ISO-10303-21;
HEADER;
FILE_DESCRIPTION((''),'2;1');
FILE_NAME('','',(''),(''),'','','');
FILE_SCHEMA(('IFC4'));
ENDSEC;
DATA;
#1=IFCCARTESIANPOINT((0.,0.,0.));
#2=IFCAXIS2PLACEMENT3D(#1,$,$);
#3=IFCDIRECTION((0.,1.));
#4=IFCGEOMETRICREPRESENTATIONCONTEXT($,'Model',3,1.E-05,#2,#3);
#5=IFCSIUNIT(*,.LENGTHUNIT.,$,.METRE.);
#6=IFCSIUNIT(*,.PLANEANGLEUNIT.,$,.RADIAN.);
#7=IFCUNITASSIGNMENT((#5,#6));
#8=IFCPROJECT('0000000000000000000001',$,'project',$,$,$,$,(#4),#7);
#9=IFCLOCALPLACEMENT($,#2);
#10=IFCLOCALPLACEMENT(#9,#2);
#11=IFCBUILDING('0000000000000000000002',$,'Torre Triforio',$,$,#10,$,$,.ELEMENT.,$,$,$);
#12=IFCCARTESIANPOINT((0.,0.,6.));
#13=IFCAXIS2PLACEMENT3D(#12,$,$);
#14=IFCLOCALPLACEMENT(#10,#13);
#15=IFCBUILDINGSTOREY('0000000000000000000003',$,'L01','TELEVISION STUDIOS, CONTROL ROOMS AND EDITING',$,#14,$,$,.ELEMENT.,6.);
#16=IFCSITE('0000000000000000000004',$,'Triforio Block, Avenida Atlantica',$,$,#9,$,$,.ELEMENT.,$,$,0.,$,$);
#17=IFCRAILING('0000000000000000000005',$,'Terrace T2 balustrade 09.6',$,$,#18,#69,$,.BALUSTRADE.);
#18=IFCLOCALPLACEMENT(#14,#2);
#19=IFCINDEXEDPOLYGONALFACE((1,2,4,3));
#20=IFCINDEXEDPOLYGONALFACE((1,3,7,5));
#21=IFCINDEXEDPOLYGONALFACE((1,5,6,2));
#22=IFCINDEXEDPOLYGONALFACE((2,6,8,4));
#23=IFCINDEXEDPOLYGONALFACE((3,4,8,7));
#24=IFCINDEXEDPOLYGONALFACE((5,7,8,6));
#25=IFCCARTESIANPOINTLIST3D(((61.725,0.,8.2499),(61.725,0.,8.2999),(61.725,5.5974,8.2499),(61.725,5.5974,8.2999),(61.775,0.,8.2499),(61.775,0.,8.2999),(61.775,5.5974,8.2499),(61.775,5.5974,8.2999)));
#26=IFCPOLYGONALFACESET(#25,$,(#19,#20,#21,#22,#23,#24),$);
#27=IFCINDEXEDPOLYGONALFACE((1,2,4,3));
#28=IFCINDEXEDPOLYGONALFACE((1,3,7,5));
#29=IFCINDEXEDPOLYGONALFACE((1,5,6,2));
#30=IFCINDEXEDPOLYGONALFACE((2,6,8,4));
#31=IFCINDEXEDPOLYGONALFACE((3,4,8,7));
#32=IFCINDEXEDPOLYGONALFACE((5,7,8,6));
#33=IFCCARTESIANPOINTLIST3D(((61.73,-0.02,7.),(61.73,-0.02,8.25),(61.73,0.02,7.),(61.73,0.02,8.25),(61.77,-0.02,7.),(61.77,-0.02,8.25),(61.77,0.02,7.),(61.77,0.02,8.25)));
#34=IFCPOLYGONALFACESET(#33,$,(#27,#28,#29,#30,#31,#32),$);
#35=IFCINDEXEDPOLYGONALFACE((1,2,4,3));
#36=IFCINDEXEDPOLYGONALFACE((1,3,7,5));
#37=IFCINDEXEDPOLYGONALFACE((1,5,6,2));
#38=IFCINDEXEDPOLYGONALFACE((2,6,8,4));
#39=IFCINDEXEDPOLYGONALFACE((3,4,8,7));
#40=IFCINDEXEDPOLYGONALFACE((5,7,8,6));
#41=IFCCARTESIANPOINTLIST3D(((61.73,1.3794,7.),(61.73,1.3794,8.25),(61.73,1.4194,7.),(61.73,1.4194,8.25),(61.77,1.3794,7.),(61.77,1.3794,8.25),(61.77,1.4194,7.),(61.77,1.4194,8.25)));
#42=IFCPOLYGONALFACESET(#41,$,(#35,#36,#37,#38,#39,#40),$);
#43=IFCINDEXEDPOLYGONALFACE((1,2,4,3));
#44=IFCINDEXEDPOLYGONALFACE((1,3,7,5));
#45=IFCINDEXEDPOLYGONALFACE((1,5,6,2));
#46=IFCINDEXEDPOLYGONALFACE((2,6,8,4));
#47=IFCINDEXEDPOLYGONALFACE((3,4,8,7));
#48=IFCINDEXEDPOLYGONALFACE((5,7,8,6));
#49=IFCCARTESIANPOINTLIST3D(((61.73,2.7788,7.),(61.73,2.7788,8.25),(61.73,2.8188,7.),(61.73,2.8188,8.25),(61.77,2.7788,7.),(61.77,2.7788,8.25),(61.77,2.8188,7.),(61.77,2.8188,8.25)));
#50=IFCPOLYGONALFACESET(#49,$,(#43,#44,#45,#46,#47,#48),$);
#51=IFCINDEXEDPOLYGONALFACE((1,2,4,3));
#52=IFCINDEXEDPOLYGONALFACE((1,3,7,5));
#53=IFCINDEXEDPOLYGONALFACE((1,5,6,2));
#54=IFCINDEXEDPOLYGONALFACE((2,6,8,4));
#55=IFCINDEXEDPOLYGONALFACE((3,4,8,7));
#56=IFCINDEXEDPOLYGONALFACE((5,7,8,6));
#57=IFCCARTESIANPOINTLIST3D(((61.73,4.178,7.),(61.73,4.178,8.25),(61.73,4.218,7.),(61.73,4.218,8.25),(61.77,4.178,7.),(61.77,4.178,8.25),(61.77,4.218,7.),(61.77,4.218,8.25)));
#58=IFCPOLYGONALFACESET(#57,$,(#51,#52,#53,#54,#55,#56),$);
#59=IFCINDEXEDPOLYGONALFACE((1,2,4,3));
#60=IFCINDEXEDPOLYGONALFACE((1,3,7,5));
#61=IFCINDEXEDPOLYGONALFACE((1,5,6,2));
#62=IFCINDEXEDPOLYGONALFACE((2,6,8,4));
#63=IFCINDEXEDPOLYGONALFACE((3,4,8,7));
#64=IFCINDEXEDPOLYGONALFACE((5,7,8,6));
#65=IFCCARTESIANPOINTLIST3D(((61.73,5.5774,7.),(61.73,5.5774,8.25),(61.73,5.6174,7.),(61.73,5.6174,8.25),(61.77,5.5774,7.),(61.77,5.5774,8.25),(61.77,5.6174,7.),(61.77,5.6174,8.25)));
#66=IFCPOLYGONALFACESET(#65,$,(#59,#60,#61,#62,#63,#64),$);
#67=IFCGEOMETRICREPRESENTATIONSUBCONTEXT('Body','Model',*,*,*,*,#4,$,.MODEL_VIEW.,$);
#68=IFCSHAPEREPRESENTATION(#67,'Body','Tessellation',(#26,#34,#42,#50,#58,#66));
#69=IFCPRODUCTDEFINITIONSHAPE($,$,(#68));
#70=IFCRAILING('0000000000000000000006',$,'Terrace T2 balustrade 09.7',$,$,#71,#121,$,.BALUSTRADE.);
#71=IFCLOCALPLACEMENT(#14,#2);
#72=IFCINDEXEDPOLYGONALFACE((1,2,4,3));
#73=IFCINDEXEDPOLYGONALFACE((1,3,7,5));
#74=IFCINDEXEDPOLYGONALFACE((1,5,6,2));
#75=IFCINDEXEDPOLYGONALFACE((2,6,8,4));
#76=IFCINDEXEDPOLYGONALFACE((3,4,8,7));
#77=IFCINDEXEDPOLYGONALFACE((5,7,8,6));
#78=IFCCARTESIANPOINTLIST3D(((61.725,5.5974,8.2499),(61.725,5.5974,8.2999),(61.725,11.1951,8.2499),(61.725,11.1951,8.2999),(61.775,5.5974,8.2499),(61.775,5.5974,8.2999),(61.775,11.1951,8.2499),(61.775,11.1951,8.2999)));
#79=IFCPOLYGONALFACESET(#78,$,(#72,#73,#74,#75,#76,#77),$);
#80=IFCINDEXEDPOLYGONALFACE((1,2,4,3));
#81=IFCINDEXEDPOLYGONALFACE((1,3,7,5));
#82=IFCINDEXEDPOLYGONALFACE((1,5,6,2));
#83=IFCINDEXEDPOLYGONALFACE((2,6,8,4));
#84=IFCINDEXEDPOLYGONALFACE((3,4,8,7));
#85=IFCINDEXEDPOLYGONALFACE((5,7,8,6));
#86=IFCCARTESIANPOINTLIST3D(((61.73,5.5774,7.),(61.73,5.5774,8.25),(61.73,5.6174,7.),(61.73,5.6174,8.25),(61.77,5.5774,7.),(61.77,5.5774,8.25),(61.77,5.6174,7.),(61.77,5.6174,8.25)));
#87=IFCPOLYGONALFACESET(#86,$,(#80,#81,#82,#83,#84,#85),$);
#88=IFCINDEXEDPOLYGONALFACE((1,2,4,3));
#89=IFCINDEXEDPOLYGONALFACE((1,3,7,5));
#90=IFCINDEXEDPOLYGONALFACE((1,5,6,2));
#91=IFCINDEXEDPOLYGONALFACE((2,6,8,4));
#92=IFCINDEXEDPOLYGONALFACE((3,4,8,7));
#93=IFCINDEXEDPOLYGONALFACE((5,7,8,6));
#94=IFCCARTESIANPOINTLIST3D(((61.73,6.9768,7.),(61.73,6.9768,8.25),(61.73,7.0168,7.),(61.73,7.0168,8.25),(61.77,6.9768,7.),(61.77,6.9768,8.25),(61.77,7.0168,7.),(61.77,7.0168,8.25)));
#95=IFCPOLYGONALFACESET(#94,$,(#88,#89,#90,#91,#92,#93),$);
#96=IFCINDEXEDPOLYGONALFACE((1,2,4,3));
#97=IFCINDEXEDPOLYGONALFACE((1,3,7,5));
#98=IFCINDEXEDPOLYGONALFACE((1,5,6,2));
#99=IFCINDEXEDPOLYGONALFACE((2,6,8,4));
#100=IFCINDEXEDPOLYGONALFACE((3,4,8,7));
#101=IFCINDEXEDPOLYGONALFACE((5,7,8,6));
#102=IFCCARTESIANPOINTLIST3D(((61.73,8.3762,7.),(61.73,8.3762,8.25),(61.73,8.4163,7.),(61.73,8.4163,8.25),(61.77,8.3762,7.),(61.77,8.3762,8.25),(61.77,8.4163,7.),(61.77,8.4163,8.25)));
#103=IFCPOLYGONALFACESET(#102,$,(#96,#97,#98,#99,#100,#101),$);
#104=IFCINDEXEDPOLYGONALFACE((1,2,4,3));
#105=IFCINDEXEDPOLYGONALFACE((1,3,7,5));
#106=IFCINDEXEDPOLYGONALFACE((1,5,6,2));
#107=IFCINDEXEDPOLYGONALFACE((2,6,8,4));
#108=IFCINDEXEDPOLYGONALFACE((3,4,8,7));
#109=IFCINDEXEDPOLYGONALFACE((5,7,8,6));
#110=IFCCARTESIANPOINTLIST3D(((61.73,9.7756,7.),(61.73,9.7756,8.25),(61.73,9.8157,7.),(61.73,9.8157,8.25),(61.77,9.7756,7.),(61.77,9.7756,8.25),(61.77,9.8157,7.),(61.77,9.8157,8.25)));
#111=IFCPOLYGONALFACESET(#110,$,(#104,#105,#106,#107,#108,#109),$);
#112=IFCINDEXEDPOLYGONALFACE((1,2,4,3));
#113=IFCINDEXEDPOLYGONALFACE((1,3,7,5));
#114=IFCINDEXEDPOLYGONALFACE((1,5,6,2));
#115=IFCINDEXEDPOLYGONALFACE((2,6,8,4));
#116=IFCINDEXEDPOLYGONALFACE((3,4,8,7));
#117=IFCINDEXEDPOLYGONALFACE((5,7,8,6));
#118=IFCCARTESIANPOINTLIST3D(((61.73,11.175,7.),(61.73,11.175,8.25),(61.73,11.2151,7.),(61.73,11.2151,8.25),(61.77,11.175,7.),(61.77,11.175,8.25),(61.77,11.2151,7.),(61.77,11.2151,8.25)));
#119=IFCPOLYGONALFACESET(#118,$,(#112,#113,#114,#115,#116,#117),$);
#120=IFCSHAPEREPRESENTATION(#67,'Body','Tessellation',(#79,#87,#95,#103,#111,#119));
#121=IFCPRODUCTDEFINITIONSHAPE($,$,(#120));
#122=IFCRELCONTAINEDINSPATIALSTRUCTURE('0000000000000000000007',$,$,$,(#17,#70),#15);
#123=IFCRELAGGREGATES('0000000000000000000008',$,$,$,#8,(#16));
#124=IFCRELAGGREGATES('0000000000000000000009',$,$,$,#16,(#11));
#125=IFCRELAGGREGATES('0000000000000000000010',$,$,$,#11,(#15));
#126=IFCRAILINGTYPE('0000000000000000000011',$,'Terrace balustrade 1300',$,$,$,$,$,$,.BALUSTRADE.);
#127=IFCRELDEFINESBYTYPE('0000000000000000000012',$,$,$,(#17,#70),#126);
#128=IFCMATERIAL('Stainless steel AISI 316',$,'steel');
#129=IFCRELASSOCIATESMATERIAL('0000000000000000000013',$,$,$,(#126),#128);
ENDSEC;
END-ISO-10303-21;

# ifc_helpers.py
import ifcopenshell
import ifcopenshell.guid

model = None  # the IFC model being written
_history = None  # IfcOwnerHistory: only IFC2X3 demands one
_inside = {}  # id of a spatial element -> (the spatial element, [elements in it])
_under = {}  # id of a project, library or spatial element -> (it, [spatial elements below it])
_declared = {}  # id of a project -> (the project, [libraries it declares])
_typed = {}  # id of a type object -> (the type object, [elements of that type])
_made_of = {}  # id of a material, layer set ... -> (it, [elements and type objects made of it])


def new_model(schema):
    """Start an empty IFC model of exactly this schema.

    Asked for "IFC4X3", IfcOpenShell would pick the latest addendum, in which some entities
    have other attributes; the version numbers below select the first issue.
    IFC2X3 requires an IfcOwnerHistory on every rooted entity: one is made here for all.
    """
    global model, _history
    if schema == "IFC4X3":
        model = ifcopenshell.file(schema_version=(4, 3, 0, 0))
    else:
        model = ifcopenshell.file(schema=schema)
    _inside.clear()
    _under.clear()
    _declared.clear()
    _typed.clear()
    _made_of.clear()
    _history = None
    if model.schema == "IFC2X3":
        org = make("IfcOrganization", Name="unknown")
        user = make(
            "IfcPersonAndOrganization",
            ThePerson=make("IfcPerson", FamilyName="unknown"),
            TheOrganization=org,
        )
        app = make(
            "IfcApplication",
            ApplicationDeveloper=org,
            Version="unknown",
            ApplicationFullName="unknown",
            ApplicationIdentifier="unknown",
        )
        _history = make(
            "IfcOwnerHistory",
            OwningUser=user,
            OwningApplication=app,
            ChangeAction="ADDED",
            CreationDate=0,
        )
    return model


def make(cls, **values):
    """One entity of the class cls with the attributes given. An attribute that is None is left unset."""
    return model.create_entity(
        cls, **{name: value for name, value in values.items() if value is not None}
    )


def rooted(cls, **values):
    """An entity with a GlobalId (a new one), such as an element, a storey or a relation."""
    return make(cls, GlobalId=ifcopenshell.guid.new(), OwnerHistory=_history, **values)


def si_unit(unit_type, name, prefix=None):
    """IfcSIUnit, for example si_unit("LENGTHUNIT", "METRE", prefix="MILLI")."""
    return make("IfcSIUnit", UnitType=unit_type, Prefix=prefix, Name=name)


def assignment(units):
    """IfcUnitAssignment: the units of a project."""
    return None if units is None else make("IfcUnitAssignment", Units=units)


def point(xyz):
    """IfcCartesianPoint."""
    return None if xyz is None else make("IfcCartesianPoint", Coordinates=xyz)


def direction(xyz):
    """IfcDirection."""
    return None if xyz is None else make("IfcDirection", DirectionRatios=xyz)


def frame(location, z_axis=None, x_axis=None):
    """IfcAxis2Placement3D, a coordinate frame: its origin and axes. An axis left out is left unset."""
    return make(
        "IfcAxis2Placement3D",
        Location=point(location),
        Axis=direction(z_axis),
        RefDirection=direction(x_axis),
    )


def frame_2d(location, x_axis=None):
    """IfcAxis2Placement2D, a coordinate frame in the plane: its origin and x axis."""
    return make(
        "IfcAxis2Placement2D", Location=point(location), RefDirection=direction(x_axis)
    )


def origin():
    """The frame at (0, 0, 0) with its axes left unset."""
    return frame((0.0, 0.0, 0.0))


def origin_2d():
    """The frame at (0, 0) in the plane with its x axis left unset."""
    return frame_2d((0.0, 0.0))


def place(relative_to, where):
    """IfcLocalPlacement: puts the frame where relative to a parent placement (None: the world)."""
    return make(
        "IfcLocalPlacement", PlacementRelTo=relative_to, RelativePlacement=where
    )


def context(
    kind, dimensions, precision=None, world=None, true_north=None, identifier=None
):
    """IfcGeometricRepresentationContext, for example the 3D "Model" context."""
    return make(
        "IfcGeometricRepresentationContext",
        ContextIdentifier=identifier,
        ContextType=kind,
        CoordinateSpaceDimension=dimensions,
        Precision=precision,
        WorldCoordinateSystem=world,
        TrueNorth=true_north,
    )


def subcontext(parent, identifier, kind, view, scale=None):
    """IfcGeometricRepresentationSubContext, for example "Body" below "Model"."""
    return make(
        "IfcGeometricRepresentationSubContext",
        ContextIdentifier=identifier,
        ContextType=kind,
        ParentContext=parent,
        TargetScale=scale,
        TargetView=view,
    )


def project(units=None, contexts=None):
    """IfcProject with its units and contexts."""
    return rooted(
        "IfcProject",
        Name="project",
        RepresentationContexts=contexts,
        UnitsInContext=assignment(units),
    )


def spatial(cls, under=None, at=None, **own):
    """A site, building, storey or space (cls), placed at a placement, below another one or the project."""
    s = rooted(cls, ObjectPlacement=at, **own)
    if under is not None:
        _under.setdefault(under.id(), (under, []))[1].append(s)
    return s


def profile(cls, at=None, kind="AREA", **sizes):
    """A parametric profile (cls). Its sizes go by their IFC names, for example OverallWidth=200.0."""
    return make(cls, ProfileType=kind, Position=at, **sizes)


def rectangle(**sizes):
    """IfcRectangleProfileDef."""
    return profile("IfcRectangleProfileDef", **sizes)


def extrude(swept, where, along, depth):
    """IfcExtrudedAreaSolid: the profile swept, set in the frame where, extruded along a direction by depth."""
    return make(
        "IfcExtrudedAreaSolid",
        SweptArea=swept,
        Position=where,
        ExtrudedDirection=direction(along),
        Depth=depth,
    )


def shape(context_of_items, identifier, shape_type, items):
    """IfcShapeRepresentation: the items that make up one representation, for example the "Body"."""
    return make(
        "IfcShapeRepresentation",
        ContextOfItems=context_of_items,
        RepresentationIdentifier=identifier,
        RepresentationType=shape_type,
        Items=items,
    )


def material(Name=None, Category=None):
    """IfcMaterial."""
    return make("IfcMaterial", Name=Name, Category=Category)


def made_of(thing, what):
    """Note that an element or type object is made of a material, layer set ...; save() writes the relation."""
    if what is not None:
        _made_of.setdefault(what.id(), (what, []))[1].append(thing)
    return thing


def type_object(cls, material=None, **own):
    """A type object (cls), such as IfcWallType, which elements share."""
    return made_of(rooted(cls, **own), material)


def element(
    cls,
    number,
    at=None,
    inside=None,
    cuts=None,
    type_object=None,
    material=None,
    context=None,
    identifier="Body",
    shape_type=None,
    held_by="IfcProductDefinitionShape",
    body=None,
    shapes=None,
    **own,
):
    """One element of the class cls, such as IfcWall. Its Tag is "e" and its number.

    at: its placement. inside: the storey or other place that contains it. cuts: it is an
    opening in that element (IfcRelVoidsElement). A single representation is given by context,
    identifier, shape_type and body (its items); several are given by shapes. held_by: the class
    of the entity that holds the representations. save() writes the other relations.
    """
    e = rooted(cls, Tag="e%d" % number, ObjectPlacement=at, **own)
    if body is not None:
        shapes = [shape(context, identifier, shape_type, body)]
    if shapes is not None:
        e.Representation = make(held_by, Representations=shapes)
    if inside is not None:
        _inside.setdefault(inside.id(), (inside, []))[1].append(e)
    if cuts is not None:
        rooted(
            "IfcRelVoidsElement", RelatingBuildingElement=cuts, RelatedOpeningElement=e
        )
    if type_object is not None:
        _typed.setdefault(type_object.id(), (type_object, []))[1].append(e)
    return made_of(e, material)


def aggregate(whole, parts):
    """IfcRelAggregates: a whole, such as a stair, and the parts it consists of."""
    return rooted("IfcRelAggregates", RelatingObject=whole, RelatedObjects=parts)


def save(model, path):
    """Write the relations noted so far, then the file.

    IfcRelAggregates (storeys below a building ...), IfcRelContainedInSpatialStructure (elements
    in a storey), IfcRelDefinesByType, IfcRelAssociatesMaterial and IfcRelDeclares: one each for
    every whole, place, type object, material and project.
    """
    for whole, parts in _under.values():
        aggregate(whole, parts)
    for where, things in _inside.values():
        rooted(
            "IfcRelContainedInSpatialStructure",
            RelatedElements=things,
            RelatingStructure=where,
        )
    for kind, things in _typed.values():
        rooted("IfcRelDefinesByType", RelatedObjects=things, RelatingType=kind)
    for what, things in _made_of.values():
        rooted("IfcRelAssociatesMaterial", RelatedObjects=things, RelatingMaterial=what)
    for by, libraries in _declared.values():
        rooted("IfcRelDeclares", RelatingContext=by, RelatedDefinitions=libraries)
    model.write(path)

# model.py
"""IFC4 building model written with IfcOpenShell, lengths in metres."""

from ifc_helpers import new_model, si_unit, direction, frame, origin, origin_2d, place, context, subcontext, project, spatial, rectangle, extrude, material, type_object, element, save


model = new_model("IFC4")

# Units and contexts
model_context = context("Model", 3, precision=1e-05, world=origin(), true_north=direction((0.0, 1.0)))
body_context = subcontext(model_context, "Body", "Model", "MODEL_VIEW")
ifc_project = project(units=[si_unit("LENGTHUNIT", "METRE"), si_unit("PLANEANGLEUNIT", "RADIAN")], contexts=[model_context])

# Site, building, storey
site_placement = place(None, origin())
site = spatial("IfcSite", under=ifc_project, at=site_placement, Name="Triforio Block, Avenida Atlantica", CompositionType="ELEMENT", RefElevation=0.0)
building_placement = place(site_placement, origin())
building = spatial("IfcBuilding", under=site, at=building_placement, Name="Torre Triforio", CompositionType="ELEMENT")
storey_placement = place(building_placement, frame((0.0, 0.0, 6.0)))
storey = spatial("IfcBuildingStorey", under=building, at=storey_placement, Name="L01", Description="TELEVISION STUDIOS, CONTROL ROOMS AND EDITING", CompositionType="ELEMENT", Elevation=6.0)

# Railings
ifc_material_1 = material(Name="Stainless steel AISI 316", Category="steel")
railing_type = type_object("IfcRailingType", Name="Terrace balustrade 1300", PredefinedType="BALUSTRADE", material=ifc_material_1)
railing_1_placement = place(storey_placement, frame((61.75, 0.0, 7.0)))
element("IfcRailing", 1, at=railing_1_placement, inside=storey, type_object=railing_type, Name="Terrace T2 balustrade 09.6", PredefinedType="BALUSTRADE", context=body_context, shape_type="SweptSolid", body=[
    extrude(rectangle(XDim=0.05, YDim=0.05, at=origin_2d()), frame((0.0, 0.0, 1.2749), z_axis=(0.0, 1.0, 0.0), x_axis=(-1.0, 0.0, 0.0)), (0.0, 0.0, 1.0), 5.5974),
    extrude(rectangle(XDim=0.04, YDim=0.04, at=origin_2d()), origin(), (0.0, 0.0, 1.0), 1.25),
    extrude(rectangle(XDim=0.04, YDim=0.04, at=origin_2d()), frame((0.0, 1.3994, 0.0)), (0.0, 0.0, 1.0), 1.25),
    extrude(rectangle(XDim=0.04, YDim=0.04, at=origin_2d()), frame((0.0, 2.7988, 0.0)), (0.0, 0.0, 1.0), 1.25),
    extrude(rectangle(XDim=0.04, YDim=0.04, at=origin_2d()), frame((0.0, 4.198, 0.0)), (0.0, 0.0, 1.0), 1.25),
    extrude(rectangle(XDim=0.04, YDim=0.04, at=origin_2d()), frame((0.0, 5.5974, 0.0)), (0.0, 0.0, 1.0), 1.25),
])
railing_2_placement = place(storey_placement, frame((61.75, 5.5974, 7.0)))
element("IfcRailing", 2, at=railing_2_placement, inside=storey, type_object=railing_type, Name="Terrace T2 balustrade 09.7", PredefinedType="BALUSTRADE", context=body_context, shape_type="SweptSolid", body=[
    extrude(rectangle(XDim=0.05, YDim=0.05, at=origin_2d()), frame((0.0, 0.0, 1.2749), z_axis=(0.0, 1.0, 0.0), x_axis=(-1.0, 0.0, 0.0)), (0.0, 0.0, 1.0), 5.5977),
    extrude(rectangle(XDim=0.04, YDim=0.04, at=origin_2d()), origin(), (0.0, 0.0, 1.0), 1.25),
    extrude(rectangle(XDim=0.04, YDim=0.04, at=origin_2d()), frame((0.0, 1.3994, 0.0)), (0.0, 0.0, 1.0), 1.25),
    extrude(rectangle(XDim=0.04, YDim=0.04, at=origin_2d()), frame((0.0, 2.7988, 0.0)), (0.0, 0.0, 1.0), 1.25),
    extrude(rectangle(XDim=0.04, YDim=0.04, at=origin_2d()), frame((0.0, 4.1982, 0.0)), (0.0, 0.0, 1.0), 1.25),
    extrude(rectangle(XDim=0.04, YDim=0.04, at=origin_2d()), frame((0.0, 5.5977, 0.0)), (0.0, 0.0, 1.0), 1.25),
])

save(model, "model.ifc")
